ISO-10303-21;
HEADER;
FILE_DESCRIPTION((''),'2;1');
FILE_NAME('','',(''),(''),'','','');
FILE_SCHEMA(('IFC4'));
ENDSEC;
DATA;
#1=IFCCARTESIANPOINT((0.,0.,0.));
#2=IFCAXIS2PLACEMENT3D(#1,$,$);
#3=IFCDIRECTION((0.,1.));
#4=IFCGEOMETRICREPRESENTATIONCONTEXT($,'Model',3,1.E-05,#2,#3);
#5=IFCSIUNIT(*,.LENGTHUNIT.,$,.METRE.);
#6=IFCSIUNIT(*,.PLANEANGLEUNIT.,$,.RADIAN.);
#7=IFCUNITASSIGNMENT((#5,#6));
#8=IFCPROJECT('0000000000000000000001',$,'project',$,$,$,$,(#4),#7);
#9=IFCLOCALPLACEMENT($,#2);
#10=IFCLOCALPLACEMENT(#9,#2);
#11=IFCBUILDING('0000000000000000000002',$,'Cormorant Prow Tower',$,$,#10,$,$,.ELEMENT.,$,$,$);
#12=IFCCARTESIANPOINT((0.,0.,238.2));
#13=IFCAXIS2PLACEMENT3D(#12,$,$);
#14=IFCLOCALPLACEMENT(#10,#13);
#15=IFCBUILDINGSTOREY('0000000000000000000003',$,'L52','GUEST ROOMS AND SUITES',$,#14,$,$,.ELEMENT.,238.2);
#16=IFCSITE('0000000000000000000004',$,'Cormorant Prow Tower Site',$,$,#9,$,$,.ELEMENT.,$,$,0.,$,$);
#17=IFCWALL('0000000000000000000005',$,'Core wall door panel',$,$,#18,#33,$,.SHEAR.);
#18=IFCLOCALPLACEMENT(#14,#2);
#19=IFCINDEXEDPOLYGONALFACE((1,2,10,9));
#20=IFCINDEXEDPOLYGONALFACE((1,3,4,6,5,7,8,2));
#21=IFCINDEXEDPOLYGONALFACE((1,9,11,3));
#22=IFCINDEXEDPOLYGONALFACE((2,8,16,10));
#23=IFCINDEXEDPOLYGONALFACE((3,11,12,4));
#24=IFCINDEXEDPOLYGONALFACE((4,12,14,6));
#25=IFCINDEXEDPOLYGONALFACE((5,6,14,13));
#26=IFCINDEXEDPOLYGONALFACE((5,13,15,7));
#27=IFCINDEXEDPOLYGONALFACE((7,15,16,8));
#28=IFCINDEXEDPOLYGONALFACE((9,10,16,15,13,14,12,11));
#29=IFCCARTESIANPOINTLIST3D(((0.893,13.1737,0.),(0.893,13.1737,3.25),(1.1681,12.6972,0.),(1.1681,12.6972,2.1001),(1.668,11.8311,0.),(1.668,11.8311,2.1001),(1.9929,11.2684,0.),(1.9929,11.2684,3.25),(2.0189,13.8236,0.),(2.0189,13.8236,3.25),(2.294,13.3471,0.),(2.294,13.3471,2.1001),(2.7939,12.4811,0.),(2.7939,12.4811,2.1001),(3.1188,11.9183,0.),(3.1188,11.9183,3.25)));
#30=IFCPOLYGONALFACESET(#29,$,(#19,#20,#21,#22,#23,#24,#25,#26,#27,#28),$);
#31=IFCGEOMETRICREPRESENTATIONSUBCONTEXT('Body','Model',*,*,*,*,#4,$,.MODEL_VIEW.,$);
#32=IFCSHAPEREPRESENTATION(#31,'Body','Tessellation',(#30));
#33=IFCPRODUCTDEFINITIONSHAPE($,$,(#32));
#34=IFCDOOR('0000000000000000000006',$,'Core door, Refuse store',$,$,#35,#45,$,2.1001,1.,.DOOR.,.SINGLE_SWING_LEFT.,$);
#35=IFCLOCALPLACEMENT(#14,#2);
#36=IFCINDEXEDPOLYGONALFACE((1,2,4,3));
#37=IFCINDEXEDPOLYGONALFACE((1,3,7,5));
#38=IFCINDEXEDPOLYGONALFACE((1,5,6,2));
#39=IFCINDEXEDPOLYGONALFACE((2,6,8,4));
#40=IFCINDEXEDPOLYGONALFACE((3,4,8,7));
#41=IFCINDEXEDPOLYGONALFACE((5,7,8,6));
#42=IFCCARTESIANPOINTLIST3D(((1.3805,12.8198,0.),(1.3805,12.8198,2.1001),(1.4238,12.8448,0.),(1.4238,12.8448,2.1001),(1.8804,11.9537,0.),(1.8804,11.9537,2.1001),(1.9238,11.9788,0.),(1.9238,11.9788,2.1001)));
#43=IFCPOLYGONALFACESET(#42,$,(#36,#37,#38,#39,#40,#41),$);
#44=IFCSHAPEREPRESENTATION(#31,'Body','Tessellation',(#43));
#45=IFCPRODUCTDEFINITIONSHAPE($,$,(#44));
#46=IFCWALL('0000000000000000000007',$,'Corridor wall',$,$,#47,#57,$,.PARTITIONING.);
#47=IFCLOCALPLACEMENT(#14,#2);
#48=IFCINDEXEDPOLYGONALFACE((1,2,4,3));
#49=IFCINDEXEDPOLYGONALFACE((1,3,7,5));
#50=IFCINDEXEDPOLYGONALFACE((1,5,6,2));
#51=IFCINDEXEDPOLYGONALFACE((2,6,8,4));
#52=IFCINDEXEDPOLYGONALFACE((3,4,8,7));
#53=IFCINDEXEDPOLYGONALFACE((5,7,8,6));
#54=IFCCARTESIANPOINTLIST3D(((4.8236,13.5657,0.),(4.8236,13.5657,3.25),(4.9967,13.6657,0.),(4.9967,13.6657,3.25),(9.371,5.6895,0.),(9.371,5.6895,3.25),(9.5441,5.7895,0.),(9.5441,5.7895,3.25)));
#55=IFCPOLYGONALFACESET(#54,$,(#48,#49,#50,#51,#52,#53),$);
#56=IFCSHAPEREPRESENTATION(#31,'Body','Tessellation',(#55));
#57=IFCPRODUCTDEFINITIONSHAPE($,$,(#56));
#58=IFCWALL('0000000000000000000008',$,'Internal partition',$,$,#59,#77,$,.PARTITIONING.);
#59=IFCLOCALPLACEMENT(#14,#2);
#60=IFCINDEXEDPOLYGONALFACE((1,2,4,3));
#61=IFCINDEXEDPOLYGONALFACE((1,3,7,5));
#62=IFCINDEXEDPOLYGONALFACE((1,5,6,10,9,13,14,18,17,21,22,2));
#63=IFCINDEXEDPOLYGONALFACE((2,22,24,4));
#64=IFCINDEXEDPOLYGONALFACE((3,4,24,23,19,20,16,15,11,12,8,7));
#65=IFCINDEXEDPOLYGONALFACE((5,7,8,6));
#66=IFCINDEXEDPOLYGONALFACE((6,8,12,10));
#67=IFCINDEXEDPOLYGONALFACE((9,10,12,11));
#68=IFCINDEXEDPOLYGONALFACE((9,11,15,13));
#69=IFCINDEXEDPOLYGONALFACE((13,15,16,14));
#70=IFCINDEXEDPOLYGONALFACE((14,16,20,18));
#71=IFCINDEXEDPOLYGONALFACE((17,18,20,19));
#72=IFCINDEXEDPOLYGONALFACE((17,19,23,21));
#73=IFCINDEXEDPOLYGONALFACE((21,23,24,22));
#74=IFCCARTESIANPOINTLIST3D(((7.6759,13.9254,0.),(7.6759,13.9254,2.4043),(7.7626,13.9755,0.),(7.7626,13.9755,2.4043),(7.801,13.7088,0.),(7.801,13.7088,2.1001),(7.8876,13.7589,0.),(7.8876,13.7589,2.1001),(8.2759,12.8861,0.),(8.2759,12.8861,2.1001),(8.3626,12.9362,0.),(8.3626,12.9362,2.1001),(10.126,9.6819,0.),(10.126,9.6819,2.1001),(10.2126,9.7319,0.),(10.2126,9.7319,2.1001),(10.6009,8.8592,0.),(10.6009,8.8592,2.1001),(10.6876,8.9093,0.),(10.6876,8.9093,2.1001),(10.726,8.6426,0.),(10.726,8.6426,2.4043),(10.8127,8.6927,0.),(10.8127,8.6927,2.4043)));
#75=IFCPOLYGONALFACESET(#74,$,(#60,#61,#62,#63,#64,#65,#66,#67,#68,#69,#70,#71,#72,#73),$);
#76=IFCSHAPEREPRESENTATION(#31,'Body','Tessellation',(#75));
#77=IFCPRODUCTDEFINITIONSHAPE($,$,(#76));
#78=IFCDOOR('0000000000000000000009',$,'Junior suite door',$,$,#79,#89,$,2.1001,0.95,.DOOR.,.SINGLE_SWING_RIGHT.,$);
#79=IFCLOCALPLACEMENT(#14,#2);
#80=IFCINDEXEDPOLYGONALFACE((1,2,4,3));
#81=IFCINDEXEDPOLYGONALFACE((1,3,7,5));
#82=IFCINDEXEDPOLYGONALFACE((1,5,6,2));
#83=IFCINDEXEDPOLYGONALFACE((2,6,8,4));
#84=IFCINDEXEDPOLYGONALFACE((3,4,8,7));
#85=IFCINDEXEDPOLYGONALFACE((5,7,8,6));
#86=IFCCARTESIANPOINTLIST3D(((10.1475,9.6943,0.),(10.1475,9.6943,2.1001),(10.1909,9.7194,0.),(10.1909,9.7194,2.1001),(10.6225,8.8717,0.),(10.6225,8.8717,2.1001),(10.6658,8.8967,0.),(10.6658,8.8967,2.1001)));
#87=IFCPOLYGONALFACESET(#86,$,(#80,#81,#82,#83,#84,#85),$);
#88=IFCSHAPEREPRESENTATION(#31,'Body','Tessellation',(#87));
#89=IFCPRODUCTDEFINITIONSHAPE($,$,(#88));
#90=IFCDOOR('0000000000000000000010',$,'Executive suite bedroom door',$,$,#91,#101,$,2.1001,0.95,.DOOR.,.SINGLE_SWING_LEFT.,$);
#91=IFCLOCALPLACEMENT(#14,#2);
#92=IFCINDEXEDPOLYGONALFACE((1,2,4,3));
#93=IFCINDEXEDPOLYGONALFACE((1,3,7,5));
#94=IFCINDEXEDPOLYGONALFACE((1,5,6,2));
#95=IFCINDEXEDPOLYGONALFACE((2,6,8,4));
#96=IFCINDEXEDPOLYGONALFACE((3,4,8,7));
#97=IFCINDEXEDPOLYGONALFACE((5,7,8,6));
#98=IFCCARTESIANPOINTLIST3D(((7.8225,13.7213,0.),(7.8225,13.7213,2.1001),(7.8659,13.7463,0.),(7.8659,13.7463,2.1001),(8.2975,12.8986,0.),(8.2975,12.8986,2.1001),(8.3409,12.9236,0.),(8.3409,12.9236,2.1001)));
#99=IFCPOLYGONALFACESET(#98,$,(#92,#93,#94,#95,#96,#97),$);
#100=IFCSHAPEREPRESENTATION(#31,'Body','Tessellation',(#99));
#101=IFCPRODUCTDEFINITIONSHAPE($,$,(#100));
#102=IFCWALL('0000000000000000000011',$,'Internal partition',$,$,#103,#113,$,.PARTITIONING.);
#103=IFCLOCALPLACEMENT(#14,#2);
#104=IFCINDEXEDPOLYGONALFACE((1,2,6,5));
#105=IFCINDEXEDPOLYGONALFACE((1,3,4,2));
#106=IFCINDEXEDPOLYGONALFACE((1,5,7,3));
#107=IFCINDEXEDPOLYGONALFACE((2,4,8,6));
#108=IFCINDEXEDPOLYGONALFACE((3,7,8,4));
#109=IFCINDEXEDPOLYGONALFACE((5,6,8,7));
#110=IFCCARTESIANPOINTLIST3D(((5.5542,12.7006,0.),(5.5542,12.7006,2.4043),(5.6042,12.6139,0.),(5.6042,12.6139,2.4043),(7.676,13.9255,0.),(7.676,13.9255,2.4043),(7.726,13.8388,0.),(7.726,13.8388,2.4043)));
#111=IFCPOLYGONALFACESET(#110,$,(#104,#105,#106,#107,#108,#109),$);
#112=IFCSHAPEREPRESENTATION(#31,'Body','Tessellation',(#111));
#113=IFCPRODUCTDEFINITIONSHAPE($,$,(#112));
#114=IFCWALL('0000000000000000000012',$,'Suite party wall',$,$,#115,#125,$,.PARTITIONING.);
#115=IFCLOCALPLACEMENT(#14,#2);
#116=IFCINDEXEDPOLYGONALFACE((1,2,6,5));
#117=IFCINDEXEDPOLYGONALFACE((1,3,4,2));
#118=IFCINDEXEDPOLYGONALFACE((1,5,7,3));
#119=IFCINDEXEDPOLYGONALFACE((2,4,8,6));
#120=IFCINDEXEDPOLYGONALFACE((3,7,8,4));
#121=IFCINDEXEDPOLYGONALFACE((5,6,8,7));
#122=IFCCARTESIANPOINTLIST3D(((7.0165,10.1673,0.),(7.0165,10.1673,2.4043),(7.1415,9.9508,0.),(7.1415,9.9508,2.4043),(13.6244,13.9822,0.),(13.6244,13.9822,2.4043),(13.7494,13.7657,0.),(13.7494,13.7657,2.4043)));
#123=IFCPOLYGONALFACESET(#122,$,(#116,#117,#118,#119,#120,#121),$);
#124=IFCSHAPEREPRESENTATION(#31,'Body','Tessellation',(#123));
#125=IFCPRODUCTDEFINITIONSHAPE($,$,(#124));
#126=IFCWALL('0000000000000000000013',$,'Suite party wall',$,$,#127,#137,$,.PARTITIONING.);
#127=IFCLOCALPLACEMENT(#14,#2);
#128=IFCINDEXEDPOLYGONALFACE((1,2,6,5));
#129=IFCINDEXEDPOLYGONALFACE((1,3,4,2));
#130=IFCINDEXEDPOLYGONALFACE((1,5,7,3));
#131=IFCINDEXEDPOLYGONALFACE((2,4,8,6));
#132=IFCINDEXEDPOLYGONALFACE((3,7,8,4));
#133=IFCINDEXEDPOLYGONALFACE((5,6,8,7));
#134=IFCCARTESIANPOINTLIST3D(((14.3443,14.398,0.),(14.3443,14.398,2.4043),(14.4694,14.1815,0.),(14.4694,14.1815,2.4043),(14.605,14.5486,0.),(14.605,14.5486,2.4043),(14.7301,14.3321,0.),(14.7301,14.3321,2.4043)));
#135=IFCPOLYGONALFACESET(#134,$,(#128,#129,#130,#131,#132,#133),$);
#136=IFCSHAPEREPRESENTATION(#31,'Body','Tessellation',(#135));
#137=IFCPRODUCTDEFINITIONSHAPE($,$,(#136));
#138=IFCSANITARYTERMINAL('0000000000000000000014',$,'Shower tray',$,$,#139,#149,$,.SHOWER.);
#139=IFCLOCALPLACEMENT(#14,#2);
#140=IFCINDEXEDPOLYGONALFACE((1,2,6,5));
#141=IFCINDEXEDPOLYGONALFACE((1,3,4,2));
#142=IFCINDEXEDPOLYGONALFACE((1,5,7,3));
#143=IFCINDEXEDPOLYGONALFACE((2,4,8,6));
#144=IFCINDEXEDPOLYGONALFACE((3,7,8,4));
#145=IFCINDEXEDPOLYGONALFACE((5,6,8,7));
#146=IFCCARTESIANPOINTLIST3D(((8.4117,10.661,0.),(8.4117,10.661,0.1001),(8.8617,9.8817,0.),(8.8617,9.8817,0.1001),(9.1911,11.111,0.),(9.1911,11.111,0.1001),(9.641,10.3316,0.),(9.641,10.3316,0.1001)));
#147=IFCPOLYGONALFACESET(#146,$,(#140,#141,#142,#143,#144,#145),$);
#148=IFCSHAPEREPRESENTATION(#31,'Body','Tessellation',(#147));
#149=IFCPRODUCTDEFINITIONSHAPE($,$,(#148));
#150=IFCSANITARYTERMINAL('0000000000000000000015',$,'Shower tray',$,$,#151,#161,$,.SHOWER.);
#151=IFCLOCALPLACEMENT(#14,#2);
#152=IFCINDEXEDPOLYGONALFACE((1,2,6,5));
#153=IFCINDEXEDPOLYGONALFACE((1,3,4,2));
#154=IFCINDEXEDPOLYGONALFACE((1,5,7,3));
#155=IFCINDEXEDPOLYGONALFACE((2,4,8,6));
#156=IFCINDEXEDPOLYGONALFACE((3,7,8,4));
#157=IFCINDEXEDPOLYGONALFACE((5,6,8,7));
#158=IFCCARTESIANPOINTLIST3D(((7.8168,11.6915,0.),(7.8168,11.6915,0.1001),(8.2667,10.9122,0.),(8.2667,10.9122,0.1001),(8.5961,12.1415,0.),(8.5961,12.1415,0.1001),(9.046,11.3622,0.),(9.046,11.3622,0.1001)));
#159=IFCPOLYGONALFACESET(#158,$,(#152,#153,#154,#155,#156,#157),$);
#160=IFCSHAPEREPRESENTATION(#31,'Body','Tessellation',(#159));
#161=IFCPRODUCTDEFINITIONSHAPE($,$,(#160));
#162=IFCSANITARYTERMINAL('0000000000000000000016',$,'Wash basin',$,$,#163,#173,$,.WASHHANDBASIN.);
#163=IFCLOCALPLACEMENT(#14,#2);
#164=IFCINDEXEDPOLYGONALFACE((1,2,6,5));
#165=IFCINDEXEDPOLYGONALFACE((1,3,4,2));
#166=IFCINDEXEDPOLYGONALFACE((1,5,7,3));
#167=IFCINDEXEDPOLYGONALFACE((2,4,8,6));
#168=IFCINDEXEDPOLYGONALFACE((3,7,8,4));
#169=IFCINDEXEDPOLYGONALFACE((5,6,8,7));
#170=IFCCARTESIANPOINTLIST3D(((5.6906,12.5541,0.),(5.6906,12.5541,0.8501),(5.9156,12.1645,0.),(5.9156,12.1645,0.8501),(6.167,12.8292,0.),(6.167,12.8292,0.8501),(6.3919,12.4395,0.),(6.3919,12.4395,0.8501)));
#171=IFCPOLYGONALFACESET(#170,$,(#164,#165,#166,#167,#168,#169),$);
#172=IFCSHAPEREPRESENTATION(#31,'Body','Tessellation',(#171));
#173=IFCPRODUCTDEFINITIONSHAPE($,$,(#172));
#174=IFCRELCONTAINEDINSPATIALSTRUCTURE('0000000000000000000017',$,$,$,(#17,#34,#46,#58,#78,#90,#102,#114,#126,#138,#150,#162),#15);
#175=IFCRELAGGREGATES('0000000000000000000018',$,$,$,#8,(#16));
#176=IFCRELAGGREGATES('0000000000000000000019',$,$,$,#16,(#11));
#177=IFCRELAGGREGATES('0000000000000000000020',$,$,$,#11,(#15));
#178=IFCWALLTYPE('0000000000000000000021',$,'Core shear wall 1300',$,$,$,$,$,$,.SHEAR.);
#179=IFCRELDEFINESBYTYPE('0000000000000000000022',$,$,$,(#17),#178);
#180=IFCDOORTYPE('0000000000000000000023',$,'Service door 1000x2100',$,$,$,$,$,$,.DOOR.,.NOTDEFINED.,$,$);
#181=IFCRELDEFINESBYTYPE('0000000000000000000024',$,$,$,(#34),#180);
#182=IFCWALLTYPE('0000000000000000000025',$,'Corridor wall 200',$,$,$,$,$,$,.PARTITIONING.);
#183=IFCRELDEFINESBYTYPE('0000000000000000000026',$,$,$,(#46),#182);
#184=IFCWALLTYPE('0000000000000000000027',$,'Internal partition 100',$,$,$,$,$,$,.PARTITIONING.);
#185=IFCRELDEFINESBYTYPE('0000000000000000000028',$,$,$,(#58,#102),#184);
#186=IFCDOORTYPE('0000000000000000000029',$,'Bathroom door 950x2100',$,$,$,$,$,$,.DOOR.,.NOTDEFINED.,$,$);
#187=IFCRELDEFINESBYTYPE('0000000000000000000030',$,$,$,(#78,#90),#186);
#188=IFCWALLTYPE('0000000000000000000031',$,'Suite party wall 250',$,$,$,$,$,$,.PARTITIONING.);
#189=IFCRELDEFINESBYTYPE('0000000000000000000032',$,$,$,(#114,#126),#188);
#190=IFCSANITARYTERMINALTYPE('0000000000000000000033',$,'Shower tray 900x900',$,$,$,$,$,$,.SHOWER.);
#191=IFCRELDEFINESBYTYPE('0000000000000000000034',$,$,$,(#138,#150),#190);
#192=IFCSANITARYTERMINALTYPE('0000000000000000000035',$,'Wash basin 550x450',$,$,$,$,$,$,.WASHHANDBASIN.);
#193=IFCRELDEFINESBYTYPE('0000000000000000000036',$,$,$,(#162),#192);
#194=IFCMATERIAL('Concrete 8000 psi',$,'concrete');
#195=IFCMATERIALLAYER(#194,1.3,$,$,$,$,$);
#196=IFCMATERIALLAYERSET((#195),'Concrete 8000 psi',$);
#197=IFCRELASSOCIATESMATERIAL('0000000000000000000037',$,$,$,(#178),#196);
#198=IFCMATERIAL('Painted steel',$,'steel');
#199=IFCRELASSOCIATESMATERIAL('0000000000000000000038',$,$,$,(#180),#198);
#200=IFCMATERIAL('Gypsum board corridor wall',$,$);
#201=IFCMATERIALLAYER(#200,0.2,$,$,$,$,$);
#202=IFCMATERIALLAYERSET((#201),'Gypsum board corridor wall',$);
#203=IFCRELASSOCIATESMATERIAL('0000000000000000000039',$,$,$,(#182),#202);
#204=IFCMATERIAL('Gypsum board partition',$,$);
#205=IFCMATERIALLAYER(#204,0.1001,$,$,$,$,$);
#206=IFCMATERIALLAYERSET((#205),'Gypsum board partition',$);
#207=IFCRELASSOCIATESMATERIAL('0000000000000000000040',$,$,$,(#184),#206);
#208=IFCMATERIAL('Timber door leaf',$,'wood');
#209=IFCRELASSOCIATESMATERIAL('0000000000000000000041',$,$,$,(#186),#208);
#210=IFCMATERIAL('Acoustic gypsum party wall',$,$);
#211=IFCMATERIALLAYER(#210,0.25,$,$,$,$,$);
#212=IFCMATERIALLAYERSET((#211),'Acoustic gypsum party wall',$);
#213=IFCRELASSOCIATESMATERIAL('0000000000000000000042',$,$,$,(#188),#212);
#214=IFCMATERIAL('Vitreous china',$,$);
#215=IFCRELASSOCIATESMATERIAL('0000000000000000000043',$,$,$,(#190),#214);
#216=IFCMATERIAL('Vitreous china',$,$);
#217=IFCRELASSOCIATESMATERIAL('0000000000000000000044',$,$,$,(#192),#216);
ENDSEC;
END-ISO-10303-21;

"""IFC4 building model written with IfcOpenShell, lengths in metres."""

from ifc_helpers import new_model, si_unit, direction, frame, frame_2d, origin, origin_2d, place, context, subcontext, project, spatial, rectangle, extrude, material, layer, layer_set, type_object, element, fill, save


model = new_model("IFC4")

# Units and contexts
model_context = context("Model", 3, precision=1e-05, world=origin(), true_north=direction((0.0, 1.0)))
body_context = subcontext(model_context, "Body", "Model", "MODEL_VIEW")
ifc_project = project(units=[si_unit("LENGTHUNIT", "METRE"), si_unit("PLANEANGLEUNIT", "RADIAN")], contexts=[model_context])

# Site, building, storey
site_placement = place(None, origin())
site = spatial("IfcSite", under=ifc_project, at=site_placement, Name="Cormorant Prow Tower Site", CompositionType="ELEMENT", RefElevation=0.0)
building_placement = place(site_placement, origin())
building = spatial("IfcBuilding", under=site, at=building_placement, Name="Cormorant Prow Tower", CompositionType="ELEMENT")
storey_placement = place(building_placement, frame((0.0, 0.0, 238.2)))
storey = spatial("IfcBuildingStorey", under=building, at=storey_placement, Name="L52", Description="GUEST ROOMS AND SUITES", CompositionType="ELEMENT", Elevation=238.2)

# Shared definitions
ifc_material_1 = material(Name="Concrete 8000 psi", Category="concrete")
ifc_layer_1 = layer(ifc_material_1, 1.3)
ifc_layer_set_1 = layer_set([ifc_layer_1], Name="Concrete 8000 psi")
wall_type_1 = type_object("IfcWallType", Name="Core shear wall 1300", PredefinedType="SHEAR", material=ifc_layer_set_1)

# Wall, opening, door
wall_1_placement = place(storey_placement, frame((2.5559, 11.5933, 0.0), z_axis=(0.0, 0.0, 1.0), x_axis=(-0.499947, 0.866056, 0.0)))
wall_1 = element("IfcWall", 1, at=wall_1_placement, inside=storey, type_object=wall_type_1, Name="Core wall door panel", PredefinedType="SHEAR", context=body_context, shape_type="SweptSolid", body=[
    extrude(rectangle(XDim=2.2, YDim=1.3, at=frame_2d((1.1001, 0.0))), origin(), (0.0, 0.0, 1.0), 3.25),
])
opening_1_placement = place(wall_1_placement, frame((0.6499, 0.0, 0.0)))
opening_1 = element("IfcOpeningElement", 2, at=opening_1_placement, cuts=wall_1, PredefinedType="OPENING", context=body_context, shape_type="SweptSolid", body=[
    extrude(rectangle(XDim=1.0, YDim=2.1001, at=frame_2d((0.5, 1.05))), frame((0.0, 0.6599, 0.0), z_axis=(0.0, -1.0, 0.0), x_axis=(1.0, 0.0, 0.0)), (0.0, 0.0, 1.0), 1.3201),
])
ifc_material_2 = material(Name="Painted steel", Category="steel")
door_type_1 = type_object("IfcDoorType", Name="Service door 1000x2100", OperationType="NOTDEFINED", PredefinedType="DOOR", material=ifc_material_2)
door_1_placement = place(opening_1_placement, origin())
door_1 = element("IfcDoor", 3, at=door_1_placement, inside=storey, type_object=door_type_1, Name="Core door, Refuse store", OperationType="SINGLE_SWING_LEFT", OverallHeight=2.1001, OverallWidth=1.0, PredefinedType="DOOR", context=body_context, shape_type="SweptSolid", body=[
    extrude(rectangle(XDim=1.0, YDim=2.1001, at=frame_2d((0.5, 1.05))), frame((0.0, 0.4048, 0.0), z_axis=(0.0, -1.0, 0.0), x_axis=(1.0, 0.0, 0.0)), (0.0, 0.0, 1.0), 0.05),
])
fill(opening_1, door_1)

# Wall
ifc_material_3 = material(Name="Gypsum board corridor wall")
ifc_layer_2 = layer(ifc_material_3, 0.2)
ifc_layer_set_2 = layer_set([ifc_layer_2], Name="Gypsum board corridor wall")
wall_type_2 = type_object("IfcWallType", Name="Corridor wall 200", PredefinedType="PARTITIONING", material=ifc_layer_set_2)
wall_2_placement = place(storey_placement, frame((4.9102, 13.6157, 0.0), z_axis=(0.0, 0.0, 1.0), x_axis=(0.500002, -0.866024, 0.0)))
element("IfcWall", 4, at=wall_2_placement, inside=storey, type_object=wall_type_2, Name="Corridor wall", PredefinedType="PARTITIONING", context=body_context, shape_type="SweptSolid", body=[
    extrude(rectangle(XDim=9.0947, YDim=0.2, at=frame_2d((4.5474, 0.0))), origin(), (0.0, 0.0, 1.0), 3.25),
])

# Wall, openings, doors
ifc_material_4 = material(Name="Gypsum board partition")
ifc_layer_3 = layer(ifc_material_4, 0.1001)
ifc_layer_set_3 = layer_set([ifc_layer_3], Name="Gypsum board partition")
wall_type_3 = type_object("IfcWallType", Name="Internal partition 100", PredefinedType="PARTITIONING", material=ifc_layer_set_3)
wall_3_placement = place(storey_placement, frame((7.7192, 13.9504, 0.0), z_axis=(0.0, 0.0, 1.0), x_axis=(0.500009, -0.86602, 0.0)))
wall_3 = element("IfcWall", 5, at=wall_3_placement, inside=storey, type_object=wall_type_3, Name="Internal partition", PredefinedType="PARTITIONING", context=body_context, shape_type="SweptSolid", body=[
    extrude(rectangle(XDim=6.1001, YDim=0.1001, at=frame_2d((3.05, 0.0))), origin(), (0.0, 0.0, 1.0), 2.4043),
])
opening_2_placement = place(wall_3_placement, frame((4.8999, 0.0, 0.0)))
opening_2 = element("IfcOpeningElement", 6, at=opening_2_placement, cuts=wall_3, PredefinedType="OPENING", context=body_context, shape_type="SweptSolid", body=[
    extrude(rectangle(XDim=0.95, YDim=2.1001, at=frame_2d((0.4751, 1.05))), frame((0.0, 0.0601, 0.0), z_axis=(0.0, -1.0, 0.0), x_axis=(1.0, 0.0, 0.0)), (0.0, 0.0, 1.0), 0.1201),
])
opening_3_placement = place(wall_3_placement, frame((0.25, 0.0, 0.0)))
opening_3 = element("IfcOpeningElement", 7, at=opening_3_placement, cuts=wall_3, PredefinedType="OPENING", context=body_context, shape_type="SweptSolid", body=[
    extrude(rectangle(XDim=0.95, YDim=2.1001, at=frame_2d((0.4751, 1.05))), frame((0.0, 0.0601, 0.0), z_axis=(0.0, -1.0, 0.0), x_axis=(1.0, 0.0, 0.0)), (0.0, 0.0, 1.0), 0.1201),
])
ifc_material_5 = material(Name="Timber door leaf", Category="wood")
door_type_2 = type_object("IfcDoorType", Name="Bathroom door 950x2100", OperationType="NOTDEFINED", PredefinedType="DOOR", material=ifc_material_5)
door_2_placement = place(opening_2_placement, origin())
door_2 = element("IfcDoor", 8, at=door_2_placement, inside=storey, type_object=door_type_2, Name="Junior suite door", OperationType="SINGLE_SWING_RIGHT", OverallHeight=2.1001, OverallWidth=0.95, PredefinedType="DOOR", context=body_context, shape_type="SweptSolid", body=[
    extrude(rectangle(XDim=0.95, YDim=2.1001, at=frame_2d((0.4751, 1.05))), frame((0.0, 0.0249, 0.0), z_axis=(0.0, -1.0, 0.0), x_axis=(1.0, 0.0, 0.0)), (0.0, 0.0, 1.0), 0.05),
])
fill(opening_2, door_2)
door_3_placement = place(opening_3_placement, origin())
door_3 = element("IfcDoor", 9, at=door_3_placement, inside=storey, type_object=door_type_2, Name="Executive suite bedroom door", OperationType="SINGLE_SWING_LEFT", OverallHeight=2.1001, OverallWidth=0.95, PredefinedType="DOOR", context=body_context, shape_type="SweptSolid", body=[
    extrude(rectangle(XDim=0.95, YDim=2.1001, at=frame_2d((0.4751, 1.05))), frame((0.0, 0.0249, 0.0), z_axis=(0.0, -1.0, 0.0), x_axis=(1.0, 0.0, 0.0)), (0.0, 0.0, 1.0), 0.05),
])
fill(opening_3, door_3)

# Walls
wall_4_placement = place(storey_placement, frame((5.5791, 12.6572, 0.0), z_axis=(0.0, 0.0, 1.0), x_axis=(0.866058, 0.499944, 0.0)))
element("IfcWall", 10, at=wall_4_placement, inside=storey, type_object=wall_type_3, Name="Internal partition", PredefinedType="PARTITIONING", context=body_context, shape_type="SweptSolid", body=[
    extrude(rectangle(XDim=2.45, YDim=0.1001, at=frame_2d((1.2251, 0.0))), origin(), (0.0, 0.0, 1.0), 2.4043),
])
ifc_material_6 = material(Name="Acoustic gypsum party wall")
ifc_layer_4 = layer(ifc_material_6, 0.25)
ifc_layer_set_4 = layer_set([ifc_layer_4], Name="Acoustic gypsum party wall")
wall_type_4 = type_object("IfcWallType", Name="Suite party wall 250", PredefinedType="PARTITIONING", material=ifc_layer_set_4)
wall_5_placement = place(storey_placement, frame((7.0791, 10.0591, 0.0), z_axis=(0.0, 0.0, 1.0), x_axis=(0.866033, 0.499987, 0.0)))
element("IfcWall", 11, at=wall_5_placement, inside=storey, type_object=wall_type_4, Name="Suite party wall", PredefinedType="PARTITIONING", context=body_context, shape_type="SweptSolid", body=[
    extrude(rectangle(XDim=7.6301, YDim=0.25, at=frame_2d((3.8149, 0.0))), origin(), (0.0, 0.0, 1.0), 2.4043),
])
wall_6_placement = place(storey_placement, frame((14.407, 14.2898, 0.0), z_axis=(0.0, 0.0, 1.0), x_axis=(0.865888, 0.500237, 0.0)))
element("IfcWall", 12, at=wall_6_placement, inside=storey, type_object=wall_type_4, Name="Suite party wall", PredefinedType="PARTITIONING", context=body_context, shape_type="SweptSolid", body=[
    extrude(rectangle(XDim=0.301, YDim=0.25, at=frame_2d((0.1504, 0.0))), origin(), (0.0, 0.0, 1.0), 2.4043),
])

# Sanitary terminals
ifc_material_7 = material(Name="Vitreous china")
sanitary_terminal_type_1 = type_object("IfcSanitaryTerminalType", Name="Shower tray 900x900", PredefinedType="SHOWER", material=ifc_material_7)
for number, where, z_axis, x_axis, name in (
    (13, (9.0264, 10.4963, 0.0), (0.0, 0.0, 1.0), (0.5, -0.866025, 0.0), "Shower tray"),
    (14, (8.4314, 11.5269, 0.0), (0.0, 0.0, 1.0), (-0.866025, -0.5, 0.0), "Shower tray"),
):
    element("IfcSanitaryTerminal", number, at=place(storey_placement, frame(where, z_axis=z_axis, x_axis=x_axis)), inside=storey, type_object=sanitary_terminal_type_1, Name=name, PredefinedType="SHOWER", context=body_context, shape_type="SweptSolid", body=[
        extrude(rectangle(XDim=0.8999, YDim=0.8999, at=origin_2d()), origin(), (0.0, 0.0, 1.0), 0.1001),
    ])
ifc_material_8 = material(Name="Vitreous china")
sanitary_terminal_type_2 = type_object("IfcSanitaryTerminalType", Name="Wash basin 550x450", PredefinedType="WASHHANDBASIN", material=ifc_material_8)
sanitary_terminal_placement = place(storey_placement, frame((6.0413, 12.4968, 0.0), z_axis=(0.0, 0.0, 1.0), x_axis=(0.866025, 0.5, 0.0)))
element("IfcSanitaryTerminal", 15, at=sanitary_terminal_placement, inside=storey, type_object=sanitary_terminal_type_2, Name="Wash basin", PredefinedType="WASHHANDBASIN", context=body_context, shape_type="SweptSolid", body=[
    extrude(rectangle(XDim=0.55, YDim=0.45, at=origin_2d()), origin(), (0.0, 0.0, 1.0), 0.8501),
])

save(model, "model.ifc")
